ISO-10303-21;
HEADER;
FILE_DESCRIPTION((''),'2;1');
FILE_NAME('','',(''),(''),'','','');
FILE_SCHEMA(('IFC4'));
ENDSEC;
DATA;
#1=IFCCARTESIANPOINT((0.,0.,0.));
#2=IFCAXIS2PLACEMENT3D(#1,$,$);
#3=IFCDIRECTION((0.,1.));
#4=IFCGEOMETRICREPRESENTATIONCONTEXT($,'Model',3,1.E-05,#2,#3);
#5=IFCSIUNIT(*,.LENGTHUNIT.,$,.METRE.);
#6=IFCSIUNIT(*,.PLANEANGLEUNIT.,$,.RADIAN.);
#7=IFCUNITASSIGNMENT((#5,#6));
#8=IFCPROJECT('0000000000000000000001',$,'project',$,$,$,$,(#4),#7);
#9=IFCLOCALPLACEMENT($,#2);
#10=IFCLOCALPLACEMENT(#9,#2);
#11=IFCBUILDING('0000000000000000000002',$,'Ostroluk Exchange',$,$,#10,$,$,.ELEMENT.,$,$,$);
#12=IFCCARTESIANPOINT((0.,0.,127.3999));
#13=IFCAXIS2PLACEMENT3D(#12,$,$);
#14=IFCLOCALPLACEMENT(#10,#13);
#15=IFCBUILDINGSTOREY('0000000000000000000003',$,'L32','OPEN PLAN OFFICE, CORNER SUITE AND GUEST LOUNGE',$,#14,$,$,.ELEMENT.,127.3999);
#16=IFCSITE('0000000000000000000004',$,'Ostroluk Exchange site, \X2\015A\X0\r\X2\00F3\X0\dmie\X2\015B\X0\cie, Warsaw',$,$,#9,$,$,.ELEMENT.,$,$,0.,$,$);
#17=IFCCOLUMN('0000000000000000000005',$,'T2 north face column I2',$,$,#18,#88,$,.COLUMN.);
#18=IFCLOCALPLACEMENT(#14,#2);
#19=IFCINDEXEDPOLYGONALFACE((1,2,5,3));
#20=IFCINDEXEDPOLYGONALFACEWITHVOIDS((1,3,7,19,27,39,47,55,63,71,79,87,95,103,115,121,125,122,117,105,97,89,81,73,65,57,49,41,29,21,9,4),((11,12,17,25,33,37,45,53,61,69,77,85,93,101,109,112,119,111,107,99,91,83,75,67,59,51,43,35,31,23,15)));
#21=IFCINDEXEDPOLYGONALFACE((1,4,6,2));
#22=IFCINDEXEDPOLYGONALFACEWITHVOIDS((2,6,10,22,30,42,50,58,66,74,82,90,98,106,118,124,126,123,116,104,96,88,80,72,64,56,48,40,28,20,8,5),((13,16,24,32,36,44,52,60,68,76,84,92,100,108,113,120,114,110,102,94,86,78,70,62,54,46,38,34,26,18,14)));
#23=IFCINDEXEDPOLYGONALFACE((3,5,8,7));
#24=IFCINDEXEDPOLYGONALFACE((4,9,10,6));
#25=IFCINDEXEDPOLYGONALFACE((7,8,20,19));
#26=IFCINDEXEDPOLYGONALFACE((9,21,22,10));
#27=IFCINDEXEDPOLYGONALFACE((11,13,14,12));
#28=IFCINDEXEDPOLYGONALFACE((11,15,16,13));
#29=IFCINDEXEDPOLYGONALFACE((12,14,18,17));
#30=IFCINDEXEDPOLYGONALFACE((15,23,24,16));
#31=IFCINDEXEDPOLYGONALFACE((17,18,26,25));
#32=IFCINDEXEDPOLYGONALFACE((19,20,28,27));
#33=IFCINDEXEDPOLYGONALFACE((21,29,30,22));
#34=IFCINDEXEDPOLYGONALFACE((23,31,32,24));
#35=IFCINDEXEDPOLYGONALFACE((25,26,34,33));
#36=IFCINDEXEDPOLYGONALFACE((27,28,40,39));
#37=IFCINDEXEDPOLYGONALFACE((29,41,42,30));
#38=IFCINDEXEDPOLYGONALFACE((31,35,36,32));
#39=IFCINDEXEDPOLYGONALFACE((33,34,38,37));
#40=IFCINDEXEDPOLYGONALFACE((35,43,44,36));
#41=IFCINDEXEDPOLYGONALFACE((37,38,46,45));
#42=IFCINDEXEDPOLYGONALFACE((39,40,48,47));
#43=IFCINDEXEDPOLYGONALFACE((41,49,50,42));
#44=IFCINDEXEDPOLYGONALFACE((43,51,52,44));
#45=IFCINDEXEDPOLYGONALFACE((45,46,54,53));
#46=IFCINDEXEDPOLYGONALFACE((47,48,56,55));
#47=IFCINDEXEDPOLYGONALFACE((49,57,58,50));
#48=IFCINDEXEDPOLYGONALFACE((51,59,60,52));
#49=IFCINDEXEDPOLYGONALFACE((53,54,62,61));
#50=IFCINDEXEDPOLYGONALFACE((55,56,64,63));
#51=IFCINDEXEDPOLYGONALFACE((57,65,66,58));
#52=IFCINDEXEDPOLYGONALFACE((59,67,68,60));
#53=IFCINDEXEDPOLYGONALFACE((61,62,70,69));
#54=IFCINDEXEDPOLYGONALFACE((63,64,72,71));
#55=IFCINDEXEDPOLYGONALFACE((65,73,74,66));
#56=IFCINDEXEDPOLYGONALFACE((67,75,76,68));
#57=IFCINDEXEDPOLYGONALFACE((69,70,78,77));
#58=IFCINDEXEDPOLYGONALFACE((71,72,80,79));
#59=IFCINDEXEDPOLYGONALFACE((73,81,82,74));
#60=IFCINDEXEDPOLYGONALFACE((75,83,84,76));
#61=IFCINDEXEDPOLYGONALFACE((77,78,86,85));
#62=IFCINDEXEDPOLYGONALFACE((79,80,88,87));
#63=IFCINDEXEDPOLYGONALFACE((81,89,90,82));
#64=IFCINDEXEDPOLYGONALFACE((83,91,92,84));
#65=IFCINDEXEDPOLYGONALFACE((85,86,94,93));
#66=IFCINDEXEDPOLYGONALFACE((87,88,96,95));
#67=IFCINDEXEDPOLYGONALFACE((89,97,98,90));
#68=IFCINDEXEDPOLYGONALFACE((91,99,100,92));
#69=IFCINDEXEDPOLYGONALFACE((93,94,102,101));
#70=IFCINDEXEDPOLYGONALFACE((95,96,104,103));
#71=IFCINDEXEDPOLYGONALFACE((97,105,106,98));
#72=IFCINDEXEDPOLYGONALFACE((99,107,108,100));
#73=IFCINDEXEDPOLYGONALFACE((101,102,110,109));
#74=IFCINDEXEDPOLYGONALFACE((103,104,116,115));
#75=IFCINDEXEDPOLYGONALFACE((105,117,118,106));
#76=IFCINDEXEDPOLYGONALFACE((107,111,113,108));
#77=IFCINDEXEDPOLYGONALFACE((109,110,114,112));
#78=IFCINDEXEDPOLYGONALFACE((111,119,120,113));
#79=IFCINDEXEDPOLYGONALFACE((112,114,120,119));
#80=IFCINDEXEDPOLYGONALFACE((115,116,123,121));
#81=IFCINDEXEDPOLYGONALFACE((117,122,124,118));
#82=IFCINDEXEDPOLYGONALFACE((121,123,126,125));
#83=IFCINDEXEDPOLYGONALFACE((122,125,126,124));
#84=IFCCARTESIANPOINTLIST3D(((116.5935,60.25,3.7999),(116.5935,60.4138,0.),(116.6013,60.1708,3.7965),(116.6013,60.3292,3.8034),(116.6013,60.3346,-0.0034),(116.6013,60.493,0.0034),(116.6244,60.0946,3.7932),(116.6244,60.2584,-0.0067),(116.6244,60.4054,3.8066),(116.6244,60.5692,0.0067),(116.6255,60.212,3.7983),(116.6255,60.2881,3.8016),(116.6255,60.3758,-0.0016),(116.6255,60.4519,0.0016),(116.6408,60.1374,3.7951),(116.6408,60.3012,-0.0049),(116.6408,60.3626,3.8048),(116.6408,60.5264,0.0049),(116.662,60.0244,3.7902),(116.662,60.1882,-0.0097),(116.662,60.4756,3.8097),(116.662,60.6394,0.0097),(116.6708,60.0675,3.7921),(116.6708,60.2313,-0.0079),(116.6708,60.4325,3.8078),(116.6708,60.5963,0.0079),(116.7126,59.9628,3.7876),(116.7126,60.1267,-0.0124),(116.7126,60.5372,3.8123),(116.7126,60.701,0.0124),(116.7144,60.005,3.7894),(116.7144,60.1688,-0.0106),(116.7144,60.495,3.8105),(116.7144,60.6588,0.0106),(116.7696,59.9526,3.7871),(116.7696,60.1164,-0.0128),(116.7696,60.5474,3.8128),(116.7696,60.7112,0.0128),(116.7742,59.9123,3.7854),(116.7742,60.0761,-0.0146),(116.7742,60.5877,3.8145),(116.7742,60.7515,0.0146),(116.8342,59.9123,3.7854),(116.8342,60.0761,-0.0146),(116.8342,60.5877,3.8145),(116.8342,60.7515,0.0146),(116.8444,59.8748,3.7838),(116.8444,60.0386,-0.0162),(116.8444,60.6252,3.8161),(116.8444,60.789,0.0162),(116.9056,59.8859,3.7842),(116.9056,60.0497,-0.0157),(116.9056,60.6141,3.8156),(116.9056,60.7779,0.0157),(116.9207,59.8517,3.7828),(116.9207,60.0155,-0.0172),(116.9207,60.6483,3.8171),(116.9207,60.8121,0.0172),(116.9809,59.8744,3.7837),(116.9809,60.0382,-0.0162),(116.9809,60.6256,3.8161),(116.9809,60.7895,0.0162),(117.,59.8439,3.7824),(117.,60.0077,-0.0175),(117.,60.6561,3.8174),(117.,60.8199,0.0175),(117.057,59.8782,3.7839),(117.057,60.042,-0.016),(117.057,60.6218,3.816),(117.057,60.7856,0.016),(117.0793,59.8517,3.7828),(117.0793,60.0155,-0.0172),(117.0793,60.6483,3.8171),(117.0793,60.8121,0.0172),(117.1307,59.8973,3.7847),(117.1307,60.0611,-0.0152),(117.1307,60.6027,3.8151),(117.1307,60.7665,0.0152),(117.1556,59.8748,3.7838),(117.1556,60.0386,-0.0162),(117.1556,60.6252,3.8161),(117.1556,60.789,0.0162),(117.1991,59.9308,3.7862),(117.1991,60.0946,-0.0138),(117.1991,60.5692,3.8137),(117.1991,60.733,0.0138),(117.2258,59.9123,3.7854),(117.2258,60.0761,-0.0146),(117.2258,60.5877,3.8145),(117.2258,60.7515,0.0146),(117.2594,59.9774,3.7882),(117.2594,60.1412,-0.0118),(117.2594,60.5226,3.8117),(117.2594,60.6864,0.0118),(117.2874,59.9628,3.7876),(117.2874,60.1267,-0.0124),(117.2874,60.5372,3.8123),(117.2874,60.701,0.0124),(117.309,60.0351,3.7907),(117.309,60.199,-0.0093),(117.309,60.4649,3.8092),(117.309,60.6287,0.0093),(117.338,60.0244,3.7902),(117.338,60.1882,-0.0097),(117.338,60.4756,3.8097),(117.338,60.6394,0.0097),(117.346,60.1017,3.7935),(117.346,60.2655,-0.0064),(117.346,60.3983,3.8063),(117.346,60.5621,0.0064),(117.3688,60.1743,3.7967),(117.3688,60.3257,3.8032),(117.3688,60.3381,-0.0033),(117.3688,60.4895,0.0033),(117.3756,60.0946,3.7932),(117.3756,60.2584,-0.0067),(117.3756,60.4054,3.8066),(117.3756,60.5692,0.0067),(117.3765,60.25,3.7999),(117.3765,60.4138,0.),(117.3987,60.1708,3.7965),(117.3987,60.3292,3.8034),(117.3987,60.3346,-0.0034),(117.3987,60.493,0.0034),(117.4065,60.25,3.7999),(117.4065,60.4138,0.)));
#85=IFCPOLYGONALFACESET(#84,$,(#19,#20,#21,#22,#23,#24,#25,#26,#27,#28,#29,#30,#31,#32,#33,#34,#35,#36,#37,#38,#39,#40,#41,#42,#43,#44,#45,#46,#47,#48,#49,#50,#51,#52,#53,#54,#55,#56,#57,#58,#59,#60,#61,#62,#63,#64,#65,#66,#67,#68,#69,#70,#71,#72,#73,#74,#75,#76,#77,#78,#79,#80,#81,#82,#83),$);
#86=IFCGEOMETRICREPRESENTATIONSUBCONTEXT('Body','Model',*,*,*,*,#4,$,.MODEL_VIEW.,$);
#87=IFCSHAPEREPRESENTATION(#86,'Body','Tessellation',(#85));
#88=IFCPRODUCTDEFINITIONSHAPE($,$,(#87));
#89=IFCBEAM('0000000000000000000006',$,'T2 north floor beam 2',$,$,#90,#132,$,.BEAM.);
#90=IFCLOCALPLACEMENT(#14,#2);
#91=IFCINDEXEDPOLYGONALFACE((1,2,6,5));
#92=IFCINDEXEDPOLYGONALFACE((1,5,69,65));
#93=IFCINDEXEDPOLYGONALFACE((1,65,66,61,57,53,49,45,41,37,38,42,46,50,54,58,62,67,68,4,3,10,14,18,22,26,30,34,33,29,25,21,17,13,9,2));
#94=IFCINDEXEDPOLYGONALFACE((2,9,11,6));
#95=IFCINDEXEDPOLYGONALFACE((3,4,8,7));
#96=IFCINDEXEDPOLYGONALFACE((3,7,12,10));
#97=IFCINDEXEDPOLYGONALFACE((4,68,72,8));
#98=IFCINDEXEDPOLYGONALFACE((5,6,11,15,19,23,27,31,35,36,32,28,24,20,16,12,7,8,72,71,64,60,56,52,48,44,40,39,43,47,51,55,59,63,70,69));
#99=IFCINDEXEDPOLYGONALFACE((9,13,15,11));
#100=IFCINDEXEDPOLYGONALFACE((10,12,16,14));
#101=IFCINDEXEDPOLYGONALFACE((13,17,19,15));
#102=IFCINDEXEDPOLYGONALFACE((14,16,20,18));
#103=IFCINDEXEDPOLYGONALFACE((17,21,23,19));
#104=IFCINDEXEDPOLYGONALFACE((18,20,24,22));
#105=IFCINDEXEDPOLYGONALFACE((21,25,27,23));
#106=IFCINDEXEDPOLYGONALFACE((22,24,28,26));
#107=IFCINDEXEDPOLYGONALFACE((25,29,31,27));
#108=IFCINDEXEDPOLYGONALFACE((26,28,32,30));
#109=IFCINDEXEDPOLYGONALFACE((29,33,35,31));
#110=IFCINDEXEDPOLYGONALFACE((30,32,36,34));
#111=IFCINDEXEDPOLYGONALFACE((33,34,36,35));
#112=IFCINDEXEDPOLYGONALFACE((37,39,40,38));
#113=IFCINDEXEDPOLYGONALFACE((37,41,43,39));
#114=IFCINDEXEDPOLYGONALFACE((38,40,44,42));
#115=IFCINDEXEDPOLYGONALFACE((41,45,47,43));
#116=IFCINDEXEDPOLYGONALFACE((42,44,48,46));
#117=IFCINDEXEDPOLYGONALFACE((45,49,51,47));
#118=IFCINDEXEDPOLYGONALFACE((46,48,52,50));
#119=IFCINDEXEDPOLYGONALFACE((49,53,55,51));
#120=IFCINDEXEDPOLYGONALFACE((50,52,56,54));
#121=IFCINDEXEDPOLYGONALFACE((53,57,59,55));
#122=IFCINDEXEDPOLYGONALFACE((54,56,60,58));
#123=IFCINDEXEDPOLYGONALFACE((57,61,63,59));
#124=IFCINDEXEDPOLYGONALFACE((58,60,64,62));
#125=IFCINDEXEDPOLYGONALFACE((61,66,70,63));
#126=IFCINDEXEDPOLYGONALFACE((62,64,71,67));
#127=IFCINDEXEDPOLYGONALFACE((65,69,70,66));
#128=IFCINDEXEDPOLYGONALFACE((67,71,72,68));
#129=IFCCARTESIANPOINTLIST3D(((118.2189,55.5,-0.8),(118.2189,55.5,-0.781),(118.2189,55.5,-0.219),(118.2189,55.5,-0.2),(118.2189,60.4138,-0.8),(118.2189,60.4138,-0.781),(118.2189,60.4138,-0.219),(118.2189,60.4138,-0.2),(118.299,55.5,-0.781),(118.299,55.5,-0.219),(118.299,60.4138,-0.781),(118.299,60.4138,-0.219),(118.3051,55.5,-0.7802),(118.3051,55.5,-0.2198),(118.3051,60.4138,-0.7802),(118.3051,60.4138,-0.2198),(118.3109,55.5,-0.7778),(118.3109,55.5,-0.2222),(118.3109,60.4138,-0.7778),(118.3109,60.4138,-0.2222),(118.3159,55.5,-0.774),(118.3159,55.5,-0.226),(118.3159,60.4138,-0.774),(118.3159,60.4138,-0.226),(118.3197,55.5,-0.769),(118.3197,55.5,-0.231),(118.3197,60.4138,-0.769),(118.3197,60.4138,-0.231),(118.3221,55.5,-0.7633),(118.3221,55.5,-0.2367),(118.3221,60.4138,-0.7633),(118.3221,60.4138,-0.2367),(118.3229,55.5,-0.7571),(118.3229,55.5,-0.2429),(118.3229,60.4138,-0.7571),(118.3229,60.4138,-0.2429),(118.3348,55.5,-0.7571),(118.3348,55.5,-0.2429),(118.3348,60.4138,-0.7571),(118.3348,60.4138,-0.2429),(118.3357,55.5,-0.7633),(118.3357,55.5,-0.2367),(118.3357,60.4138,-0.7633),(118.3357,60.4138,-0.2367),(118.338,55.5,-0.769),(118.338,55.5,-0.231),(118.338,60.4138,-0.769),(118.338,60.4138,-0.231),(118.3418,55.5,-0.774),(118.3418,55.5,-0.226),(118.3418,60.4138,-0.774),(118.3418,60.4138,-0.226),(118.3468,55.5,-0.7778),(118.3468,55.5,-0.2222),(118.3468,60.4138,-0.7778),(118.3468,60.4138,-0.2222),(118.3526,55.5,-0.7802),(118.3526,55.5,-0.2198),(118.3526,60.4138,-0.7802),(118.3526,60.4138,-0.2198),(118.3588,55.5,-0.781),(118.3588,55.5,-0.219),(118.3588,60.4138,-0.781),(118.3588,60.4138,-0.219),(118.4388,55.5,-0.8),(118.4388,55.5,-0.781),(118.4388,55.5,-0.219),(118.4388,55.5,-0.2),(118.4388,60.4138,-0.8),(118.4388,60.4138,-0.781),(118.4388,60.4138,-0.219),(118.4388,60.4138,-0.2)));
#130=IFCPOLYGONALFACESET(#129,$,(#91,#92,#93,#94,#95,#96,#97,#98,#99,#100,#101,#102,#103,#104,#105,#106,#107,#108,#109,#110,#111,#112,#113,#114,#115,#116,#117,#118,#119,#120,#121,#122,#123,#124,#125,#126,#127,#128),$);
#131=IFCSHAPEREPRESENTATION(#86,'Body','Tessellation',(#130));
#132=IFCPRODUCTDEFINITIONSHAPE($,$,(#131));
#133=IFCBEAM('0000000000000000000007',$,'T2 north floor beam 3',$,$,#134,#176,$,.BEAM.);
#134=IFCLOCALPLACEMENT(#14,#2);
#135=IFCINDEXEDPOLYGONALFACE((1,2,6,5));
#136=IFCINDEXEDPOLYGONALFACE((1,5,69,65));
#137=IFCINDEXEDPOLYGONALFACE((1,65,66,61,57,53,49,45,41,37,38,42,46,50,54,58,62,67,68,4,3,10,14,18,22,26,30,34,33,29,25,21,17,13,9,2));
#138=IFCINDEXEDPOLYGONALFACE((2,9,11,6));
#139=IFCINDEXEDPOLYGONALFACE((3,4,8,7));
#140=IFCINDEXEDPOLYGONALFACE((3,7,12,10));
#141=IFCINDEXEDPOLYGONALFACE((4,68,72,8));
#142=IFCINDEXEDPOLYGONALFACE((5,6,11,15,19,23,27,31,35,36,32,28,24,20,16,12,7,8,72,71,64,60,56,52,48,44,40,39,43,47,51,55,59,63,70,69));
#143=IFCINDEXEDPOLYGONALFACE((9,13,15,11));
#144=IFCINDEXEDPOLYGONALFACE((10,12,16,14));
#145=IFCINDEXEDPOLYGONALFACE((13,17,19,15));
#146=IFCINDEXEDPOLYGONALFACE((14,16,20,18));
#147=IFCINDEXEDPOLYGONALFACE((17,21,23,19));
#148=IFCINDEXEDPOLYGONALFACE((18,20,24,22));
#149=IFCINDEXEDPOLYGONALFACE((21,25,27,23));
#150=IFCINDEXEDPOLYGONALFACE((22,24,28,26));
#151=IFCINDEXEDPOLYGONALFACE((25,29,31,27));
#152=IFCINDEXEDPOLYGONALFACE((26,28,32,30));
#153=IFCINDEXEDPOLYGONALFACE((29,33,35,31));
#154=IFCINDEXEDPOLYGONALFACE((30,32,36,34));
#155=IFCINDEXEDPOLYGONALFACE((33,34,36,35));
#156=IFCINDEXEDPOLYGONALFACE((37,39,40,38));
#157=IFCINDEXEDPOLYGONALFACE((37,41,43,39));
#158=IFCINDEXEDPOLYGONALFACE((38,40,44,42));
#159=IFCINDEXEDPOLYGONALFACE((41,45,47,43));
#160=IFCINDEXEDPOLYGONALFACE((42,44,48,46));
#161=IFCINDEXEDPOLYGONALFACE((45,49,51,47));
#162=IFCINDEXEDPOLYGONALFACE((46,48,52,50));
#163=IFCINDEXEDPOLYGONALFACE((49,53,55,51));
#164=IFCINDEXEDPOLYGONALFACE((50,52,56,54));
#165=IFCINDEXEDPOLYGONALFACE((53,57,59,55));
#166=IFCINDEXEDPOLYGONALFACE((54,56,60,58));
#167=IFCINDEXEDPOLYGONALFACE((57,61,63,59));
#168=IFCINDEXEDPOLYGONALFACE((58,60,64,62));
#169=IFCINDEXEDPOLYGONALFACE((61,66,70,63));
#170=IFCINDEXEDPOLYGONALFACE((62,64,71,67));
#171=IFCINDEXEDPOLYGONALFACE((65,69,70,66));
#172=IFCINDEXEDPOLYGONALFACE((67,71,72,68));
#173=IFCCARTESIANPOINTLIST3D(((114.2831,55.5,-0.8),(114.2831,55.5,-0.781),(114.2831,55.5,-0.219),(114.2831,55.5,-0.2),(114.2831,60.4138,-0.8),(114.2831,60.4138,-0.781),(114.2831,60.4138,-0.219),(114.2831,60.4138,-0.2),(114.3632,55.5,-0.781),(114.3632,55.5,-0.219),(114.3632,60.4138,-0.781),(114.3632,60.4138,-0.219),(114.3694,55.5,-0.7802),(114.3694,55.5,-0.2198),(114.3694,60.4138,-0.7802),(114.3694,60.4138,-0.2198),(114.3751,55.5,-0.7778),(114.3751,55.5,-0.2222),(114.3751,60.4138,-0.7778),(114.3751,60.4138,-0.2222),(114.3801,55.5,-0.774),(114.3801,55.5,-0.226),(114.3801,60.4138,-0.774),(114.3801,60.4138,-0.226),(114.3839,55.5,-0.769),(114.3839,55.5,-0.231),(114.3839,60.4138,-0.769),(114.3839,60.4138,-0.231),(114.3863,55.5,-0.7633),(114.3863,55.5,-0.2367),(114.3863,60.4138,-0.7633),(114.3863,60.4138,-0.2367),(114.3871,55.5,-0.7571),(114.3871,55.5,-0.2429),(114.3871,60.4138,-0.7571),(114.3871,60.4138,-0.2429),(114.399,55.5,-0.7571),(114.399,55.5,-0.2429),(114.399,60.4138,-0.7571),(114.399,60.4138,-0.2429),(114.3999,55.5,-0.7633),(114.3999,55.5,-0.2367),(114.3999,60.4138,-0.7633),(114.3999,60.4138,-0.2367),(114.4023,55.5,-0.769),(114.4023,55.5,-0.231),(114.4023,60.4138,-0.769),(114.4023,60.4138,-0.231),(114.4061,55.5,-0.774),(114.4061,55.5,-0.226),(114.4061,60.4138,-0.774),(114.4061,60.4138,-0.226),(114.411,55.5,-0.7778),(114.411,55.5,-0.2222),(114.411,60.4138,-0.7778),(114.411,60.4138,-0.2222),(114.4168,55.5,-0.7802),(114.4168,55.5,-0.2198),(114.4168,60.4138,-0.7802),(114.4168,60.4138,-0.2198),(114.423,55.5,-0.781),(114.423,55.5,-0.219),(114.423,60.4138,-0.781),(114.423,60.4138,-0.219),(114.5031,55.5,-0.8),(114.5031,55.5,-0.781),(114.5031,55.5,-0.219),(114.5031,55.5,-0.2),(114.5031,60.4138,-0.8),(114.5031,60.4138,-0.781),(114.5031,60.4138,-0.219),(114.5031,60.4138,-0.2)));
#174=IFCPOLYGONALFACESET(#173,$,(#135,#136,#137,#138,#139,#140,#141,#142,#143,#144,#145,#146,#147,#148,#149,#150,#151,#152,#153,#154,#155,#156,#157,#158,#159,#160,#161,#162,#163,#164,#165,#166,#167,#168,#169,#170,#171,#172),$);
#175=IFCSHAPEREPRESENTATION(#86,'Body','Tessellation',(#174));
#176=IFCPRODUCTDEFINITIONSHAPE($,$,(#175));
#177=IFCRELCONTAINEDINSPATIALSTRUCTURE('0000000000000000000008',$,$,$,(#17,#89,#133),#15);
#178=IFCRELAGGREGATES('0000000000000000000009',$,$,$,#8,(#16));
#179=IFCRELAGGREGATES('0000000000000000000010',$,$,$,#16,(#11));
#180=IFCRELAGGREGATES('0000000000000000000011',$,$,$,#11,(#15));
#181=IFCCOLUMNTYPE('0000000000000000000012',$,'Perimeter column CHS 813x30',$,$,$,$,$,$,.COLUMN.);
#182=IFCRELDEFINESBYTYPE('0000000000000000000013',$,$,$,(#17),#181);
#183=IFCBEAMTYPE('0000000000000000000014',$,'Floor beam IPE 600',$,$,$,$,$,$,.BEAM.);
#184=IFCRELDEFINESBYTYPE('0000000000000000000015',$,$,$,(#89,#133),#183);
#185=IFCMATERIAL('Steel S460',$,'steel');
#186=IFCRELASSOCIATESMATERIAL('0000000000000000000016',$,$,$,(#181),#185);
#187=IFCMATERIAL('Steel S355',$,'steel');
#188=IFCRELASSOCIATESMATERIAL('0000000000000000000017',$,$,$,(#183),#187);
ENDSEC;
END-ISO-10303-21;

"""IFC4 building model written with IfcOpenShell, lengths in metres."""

from ifc_helpers import new_model, si_unit, direction, frame, origin, origin_2d, place, context, subcontext, project, spatial, hollow_circle, i_section, extrude, material, material_profile, profile_set, type_object, element, save


model = new_model("IFC4")

# Units and contexts
model_context = context("Model", 3, precision=1e-05, world=origin(), true_north=direction((0.0, 1.0)))
body_context = subcontext(model_context, "Body", "Model", "MODEL_VIEW")
ifc_project = project(units=[si_unit("LENGTHUNIT", "METRE"), si_unit("PLANEANGLEUNIT", "RADIAN")], contexts=[model_context])

# Site, building, storey
site_placement = place(None, origin())
site = spatial("IfcSite", under=ifc_project, at=site_placement, Name="Ostroluk Exchange site, Śródmieście, Warsaw", CompositionType="ELEMENT", RefElevation=0.0)
building_placement = place(site_placement, origin())
building = spatial("IfcBuilding", under=site, at=building_placement, Name="Ostroluk Exchange", CompositionType="ELEMENT")
storey_placement = place(building_placement, frame((0.0, 0.0, 127.3999)))
storey = spatial("IfcBuildingStorey", under=building, at=storey_placement, Name="L32", Description="OPEN PLAN OFFICE, CORNER SUITE AND GUEST LOUNGE", CompositionType="ELEMENT", Elevation=127.3999)

# Column
ifc_material_1 = material(Name="Steel S460", Category="steel")
ifc_material_profile_1 = material_profile(ifc_material_1, hollow_circle(Radius=0.4065, WallThickness=0.03, at=origin_2d()), Name="CHS 813x30")
ifc_profile_set_1 = profile_set([ifc_material_profile_1], Name="Steel S460")
column_type = type_object("IfcColumnType", Name="Perimeter column CHS 813x30", PredefinedType="COLUMN", material=ifc_profile_set_1)
column_placement = place(storey_placement, frame((117.0, 60.4138, 0.0), z_axis=(0.0, -0.04307, 0.999072), x_axis=(1.0, 0.0, 0.0)))
element("IfcColumn", 1, at=column_placement, inside=storey, type_object=column_type, Name="T2 north face column I2", PredefinedType="COLUMN", context=body_context, shape_type="SweptSolid", body=[
    extrude(hollow_circle(Radius=0.4065, WallThickness=0.03, at=origin_2d()), origin(), (0.0, 0.0, 1.0), 3.8035),
])

# Beams
ifc_material_2 = material(Name="Steel S355", Category="steel")
ifc_material_profile_2 = material_profile(ifc_material_2, i_section(OverallWidth=0.22, OverallDepth=0.6001, WebThickness=0.012, FlangeThickness=0.019, FilletRadius=0.0239, at=origin_2d()), Name="IPE 600")
ifc_profile_set_2 = profile_set([ifc_material_profile_2], Name="Steel S355")
beam_type_1 = type_object("IfcBeamType", Name="Floor beam IPE 600", PredefinedType="BEAM", material=ifc_profile_set_2)
for number, where, z_axis, x_axis, name in (
    (2, (118.3289, 55.5, -0.5), (0.0, 1.0, 0.0), (-1.0, 0.0, 0.0), "T2 north floor beam 2"),
    (3, (114.3931, 55.5, -0.5), (0.0, 1.0, 0.0), (-1.0, 0.0, 0.0), "T2 north floor beam 3"),
):
    element("IfcBeam", number, at=place(storey_placement, frame(where, z_axis=z_axis, x_axis=x_axis)), inside=storey, type_object=beam_type_1, Name=name, PredefinedType="BEAM", context=body_context, shape_type="SweptSolid", body=[
        extrude(i_section(OverallWidth=0.22, OverallDepth=0.6001, WebThickness=0.012, FlangeThickness=0.019, FilletRadius=0.0239, at=origin_2d()), origin(), (0.0, 0.0, 1.0), 4.9138),
    ])

save(model, "model.ifc")
